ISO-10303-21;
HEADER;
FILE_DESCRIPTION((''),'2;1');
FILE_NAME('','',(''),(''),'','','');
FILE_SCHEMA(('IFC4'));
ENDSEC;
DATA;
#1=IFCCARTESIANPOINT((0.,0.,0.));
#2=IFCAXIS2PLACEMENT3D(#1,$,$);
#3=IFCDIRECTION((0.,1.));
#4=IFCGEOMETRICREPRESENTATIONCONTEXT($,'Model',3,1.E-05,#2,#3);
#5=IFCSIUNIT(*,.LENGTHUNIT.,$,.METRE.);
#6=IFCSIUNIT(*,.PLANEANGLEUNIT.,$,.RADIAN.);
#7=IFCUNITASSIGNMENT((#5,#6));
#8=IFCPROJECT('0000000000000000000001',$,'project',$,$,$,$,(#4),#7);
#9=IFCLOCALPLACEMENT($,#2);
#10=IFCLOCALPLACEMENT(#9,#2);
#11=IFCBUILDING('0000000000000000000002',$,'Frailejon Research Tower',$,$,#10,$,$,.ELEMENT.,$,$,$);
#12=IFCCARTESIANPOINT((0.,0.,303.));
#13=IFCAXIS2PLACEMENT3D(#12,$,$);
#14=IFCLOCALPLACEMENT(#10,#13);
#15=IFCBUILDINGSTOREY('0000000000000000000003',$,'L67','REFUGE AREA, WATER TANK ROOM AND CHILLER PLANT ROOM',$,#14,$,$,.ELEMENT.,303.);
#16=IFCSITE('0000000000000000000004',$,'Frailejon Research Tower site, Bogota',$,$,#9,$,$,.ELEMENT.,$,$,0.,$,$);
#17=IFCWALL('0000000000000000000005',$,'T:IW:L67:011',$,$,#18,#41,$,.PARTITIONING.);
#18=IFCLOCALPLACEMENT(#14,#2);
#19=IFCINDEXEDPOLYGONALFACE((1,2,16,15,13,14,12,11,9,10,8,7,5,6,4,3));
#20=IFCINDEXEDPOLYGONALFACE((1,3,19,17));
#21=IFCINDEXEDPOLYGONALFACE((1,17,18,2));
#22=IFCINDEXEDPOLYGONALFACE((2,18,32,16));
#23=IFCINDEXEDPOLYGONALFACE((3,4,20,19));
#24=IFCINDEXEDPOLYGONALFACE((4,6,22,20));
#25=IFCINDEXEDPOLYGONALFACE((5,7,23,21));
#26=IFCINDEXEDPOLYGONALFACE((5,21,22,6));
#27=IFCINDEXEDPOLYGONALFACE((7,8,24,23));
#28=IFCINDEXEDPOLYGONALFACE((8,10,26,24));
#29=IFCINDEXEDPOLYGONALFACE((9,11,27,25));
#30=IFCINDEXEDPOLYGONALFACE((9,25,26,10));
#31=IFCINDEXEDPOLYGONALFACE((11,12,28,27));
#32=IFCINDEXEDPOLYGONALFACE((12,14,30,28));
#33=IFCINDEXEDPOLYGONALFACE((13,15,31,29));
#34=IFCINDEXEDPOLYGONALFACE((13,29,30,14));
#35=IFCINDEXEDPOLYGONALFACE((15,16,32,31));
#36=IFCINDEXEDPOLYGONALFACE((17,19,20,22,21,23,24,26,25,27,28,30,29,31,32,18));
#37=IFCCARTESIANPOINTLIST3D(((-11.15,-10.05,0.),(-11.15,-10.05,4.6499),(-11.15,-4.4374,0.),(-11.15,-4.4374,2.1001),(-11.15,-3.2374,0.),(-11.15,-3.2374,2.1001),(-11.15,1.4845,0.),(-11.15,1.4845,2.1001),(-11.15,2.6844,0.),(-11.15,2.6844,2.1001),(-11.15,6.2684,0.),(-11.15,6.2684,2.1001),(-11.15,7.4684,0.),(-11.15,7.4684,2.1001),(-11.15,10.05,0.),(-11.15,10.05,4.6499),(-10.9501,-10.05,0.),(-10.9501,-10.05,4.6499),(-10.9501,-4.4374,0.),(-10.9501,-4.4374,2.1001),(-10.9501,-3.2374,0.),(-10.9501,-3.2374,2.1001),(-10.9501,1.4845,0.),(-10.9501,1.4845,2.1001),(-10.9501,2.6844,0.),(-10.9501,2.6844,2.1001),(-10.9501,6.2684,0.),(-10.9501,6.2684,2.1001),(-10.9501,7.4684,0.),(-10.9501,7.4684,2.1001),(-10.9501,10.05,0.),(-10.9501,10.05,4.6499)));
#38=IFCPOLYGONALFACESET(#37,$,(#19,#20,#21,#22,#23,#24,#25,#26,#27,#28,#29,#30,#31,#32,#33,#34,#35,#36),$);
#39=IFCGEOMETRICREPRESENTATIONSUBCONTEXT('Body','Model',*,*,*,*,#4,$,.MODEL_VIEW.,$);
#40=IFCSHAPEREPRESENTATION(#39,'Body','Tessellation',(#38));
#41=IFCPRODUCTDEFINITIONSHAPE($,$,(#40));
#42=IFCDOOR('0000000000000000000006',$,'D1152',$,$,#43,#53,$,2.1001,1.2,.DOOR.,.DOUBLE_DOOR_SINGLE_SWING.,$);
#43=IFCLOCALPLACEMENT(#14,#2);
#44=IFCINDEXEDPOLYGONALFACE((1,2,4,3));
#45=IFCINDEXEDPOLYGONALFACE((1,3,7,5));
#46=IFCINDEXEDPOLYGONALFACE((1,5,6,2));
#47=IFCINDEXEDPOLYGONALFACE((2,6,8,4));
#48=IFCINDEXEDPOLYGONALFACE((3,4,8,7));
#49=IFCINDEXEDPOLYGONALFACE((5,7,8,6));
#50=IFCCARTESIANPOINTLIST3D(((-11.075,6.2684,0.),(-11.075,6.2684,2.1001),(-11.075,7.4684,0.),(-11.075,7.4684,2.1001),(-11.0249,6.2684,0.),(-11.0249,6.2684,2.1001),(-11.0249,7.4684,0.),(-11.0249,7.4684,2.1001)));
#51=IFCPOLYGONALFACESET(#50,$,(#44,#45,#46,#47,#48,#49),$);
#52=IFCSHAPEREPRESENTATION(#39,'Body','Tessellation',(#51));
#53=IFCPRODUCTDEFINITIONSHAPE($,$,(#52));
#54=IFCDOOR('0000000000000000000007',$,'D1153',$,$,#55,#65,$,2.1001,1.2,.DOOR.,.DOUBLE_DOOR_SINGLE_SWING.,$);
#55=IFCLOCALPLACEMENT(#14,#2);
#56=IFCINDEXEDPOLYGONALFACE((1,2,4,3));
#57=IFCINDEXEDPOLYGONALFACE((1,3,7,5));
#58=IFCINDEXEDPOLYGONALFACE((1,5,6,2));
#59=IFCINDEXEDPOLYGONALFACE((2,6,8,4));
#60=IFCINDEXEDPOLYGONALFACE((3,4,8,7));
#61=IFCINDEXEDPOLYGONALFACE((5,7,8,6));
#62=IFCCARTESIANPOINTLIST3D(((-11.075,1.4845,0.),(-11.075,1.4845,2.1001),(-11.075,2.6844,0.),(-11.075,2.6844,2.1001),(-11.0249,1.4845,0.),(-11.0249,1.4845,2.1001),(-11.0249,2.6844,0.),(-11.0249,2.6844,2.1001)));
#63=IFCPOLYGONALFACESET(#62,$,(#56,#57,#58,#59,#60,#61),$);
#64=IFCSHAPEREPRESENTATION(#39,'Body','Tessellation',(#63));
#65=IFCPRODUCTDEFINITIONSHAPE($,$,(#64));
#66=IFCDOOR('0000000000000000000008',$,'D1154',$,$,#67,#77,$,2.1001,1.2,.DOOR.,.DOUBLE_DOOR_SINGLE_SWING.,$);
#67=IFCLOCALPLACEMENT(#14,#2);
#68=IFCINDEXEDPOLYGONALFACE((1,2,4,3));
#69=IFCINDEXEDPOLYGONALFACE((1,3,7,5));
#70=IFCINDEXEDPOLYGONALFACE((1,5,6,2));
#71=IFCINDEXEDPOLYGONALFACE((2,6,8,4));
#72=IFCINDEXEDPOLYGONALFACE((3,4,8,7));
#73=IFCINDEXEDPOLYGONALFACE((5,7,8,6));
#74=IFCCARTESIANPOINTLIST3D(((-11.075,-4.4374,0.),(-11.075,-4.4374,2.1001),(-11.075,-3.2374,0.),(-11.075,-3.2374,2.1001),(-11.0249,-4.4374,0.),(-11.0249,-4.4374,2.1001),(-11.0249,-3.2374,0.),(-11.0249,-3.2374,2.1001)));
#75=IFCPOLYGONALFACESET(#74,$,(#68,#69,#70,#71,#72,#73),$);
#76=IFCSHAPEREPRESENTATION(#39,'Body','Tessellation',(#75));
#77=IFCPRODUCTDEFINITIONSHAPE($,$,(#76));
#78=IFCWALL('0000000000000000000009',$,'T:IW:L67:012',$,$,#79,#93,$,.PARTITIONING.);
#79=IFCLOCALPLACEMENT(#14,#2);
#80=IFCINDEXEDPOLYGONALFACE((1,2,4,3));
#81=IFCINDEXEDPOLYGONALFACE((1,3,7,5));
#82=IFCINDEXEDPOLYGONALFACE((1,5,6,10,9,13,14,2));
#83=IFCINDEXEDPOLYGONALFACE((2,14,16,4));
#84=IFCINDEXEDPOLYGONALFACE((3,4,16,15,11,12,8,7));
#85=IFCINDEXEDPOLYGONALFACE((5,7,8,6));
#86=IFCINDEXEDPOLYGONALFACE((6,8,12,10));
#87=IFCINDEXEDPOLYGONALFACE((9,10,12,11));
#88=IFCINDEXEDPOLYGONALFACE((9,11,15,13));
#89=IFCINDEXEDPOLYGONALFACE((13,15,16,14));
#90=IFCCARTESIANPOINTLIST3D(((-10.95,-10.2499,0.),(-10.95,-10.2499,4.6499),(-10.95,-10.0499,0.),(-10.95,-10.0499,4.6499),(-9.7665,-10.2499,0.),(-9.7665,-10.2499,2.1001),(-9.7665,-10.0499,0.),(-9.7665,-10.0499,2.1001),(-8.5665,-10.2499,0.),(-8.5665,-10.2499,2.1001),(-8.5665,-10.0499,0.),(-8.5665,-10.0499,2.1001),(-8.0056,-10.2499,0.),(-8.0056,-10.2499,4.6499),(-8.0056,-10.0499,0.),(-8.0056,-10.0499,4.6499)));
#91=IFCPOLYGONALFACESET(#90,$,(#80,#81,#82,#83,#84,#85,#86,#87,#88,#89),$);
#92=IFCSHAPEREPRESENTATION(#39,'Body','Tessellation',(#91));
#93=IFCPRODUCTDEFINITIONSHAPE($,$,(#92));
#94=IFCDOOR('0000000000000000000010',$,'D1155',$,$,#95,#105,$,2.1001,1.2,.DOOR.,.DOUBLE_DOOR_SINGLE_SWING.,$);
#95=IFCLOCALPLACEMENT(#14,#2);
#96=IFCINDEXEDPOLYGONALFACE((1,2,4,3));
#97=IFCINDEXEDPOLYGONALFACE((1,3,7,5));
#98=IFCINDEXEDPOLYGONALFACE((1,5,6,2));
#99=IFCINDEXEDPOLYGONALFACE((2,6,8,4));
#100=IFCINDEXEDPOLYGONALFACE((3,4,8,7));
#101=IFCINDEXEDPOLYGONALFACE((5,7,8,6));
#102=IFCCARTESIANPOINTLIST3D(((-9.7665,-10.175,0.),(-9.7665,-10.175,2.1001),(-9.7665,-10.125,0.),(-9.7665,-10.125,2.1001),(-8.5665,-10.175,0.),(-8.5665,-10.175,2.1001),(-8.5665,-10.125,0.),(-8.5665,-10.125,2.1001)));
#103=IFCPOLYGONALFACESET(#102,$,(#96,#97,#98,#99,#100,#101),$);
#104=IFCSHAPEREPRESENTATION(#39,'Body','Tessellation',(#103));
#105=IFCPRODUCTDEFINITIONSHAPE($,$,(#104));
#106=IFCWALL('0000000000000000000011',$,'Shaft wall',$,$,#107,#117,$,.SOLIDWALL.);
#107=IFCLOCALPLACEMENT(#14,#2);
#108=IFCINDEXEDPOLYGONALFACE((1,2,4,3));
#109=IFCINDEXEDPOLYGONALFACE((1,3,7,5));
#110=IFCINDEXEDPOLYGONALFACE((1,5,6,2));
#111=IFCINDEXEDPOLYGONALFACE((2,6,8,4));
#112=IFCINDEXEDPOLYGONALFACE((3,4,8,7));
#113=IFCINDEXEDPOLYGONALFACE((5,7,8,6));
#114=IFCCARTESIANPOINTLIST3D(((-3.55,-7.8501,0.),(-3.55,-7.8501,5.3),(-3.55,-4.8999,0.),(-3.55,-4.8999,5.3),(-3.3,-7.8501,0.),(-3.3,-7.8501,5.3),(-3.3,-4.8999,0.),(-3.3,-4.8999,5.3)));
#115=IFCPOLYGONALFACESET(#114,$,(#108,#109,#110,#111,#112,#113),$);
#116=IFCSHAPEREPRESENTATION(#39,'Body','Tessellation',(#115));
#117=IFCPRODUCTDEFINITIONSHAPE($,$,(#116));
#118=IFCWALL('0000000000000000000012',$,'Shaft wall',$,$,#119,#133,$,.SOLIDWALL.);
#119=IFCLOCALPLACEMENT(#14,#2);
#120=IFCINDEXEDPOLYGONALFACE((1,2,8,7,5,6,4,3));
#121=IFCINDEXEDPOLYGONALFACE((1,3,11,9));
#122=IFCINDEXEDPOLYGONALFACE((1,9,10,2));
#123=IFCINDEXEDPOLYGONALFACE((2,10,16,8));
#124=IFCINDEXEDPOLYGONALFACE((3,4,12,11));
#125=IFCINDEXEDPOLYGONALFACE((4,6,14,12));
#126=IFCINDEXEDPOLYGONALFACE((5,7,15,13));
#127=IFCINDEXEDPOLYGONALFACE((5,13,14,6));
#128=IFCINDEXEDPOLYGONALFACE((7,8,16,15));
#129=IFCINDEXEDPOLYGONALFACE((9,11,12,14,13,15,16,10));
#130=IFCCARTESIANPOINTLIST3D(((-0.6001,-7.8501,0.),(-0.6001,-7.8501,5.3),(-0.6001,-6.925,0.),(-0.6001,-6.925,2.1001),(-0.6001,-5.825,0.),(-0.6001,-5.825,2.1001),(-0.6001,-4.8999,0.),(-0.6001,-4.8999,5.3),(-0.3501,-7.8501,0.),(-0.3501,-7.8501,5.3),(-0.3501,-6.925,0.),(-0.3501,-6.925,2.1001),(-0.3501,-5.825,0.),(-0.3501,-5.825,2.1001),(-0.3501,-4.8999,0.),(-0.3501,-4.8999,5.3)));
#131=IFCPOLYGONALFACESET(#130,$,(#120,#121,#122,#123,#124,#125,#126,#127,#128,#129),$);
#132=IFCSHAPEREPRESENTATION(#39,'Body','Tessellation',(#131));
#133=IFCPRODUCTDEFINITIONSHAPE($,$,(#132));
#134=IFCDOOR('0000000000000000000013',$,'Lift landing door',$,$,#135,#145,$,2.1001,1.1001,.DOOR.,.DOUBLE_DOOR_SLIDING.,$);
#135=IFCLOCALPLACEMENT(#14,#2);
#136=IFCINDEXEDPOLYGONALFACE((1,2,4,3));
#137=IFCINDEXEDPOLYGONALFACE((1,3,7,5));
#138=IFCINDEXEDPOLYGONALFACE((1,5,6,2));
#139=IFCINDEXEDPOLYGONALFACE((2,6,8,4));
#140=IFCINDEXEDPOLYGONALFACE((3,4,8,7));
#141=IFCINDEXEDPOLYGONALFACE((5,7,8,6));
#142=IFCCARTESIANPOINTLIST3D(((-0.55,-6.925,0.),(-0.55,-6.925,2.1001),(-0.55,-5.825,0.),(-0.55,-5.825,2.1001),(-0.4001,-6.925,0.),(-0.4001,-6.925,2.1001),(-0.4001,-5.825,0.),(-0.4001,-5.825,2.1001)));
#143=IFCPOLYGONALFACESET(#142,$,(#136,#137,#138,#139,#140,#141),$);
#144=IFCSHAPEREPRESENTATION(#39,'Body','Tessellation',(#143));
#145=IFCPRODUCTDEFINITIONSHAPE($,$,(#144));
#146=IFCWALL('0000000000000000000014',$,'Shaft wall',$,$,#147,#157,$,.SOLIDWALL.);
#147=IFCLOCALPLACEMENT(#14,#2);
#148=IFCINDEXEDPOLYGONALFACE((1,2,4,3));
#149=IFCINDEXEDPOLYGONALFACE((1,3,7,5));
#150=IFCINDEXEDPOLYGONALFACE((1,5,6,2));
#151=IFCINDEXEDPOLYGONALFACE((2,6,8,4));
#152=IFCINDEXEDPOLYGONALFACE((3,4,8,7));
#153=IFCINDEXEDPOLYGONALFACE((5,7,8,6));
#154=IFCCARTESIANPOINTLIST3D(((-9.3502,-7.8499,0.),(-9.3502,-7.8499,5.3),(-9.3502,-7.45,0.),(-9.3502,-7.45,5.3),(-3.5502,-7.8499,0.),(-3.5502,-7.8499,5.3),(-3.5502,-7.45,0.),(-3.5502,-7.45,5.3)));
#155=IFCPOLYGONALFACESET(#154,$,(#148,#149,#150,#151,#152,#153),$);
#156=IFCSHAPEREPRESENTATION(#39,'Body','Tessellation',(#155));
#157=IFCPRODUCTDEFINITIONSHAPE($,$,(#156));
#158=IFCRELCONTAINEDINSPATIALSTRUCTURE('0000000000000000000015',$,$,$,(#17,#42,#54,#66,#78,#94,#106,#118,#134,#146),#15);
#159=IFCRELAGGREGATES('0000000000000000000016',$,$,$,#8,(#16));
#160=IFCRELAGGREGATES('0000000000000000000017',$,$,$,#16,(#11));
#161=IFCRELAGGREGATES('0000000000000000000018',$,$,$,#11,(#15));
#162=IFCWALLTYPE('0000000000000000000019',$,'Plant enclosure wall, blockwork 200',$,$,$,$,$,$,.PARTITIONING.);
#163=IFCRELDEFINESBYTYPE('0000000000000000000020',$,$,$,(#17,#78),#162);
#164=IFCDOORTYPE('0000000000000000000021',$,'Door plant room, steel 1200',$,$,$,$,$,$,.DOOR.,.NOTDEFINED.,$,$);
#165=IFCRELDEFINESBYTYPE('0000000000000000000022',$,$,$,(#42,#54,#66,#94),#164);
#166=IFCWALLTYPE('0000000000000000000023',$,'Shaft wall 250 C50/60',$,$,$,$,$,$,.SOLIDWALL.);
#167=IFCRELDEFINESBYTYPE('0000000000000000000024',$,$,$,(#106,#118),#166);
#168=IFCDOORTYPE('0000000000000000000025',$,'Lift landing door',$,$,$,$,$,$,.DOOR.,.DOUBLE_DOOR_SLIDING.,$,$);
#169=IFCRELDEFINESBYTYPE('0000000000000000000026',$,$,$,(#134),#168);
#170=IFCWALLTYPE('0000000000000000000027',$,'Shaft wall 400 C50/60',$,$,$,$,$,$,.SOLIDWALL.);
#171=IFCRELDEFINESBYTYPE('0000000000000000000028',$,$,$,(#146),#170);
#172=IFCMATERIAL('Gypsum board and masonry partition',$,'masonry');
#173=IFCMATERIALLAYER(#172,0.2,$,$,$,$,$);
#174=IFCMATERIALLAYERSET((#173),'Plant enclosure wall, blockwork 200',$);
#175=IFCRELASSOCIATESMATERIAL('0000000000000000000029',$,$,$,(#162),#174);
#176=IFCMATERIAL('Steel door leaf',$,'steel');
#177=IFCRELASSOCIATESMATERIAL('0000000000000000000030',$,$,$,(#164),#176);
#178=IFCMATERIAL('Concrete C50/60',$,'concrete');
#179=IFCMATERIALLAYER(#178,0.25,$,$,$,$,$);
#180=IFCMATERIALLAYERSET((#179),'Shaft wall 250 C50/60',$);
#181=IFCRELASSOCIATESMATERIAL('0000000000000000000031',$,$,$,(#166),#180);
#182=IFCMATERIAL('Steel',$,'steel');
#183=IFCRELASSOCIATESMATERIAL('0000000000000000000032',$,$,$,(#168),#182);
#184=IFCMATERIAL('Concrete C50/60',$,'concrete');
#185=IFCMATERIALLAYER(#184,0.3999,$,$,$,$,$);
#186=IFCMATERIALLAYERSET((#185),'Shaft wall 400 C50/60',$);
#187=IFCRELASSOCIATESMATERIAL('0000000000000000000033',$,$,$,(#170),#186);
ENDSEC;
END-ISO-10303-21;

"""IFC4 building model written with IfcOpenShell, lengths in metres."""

from ifc_helpers import new_model, si_unit, direction, frame, frame_2d, origin, place, context, subcontext, project, spatial, rectangle, extrude, material, layer, layer_set, type_object, element, fill, save


model = new_model("IFC4")

# Units and contexts
model_context = context("Model", 3, precision=1e-05, world=origin(), true_north=direction((0.0, 1.0)))
body_context = subcontext(model_context, "Body", "Model", "MODEL_VIEW")
ifc_project = project(units=[si_unit("LENGTHUNIT", "METRE"), si_unit("PLANEANGLEUNIT", "RADIAN")], contexts=[model_context])

# Site, building, storey
site_placement = place(None, origin())
site = spatial("IfcSite", under=ifc_project, at=site_placement, Name="Frailejon Research Tower site, Bogota", CompositionType="ELEMENT", RefElevation=0.0)
building_placement = place(site_placement, origin())
building = spatial("IfcBuilding", under=site, at=building_placement, Name="Frailejon Research Tower", CompositionType="ELEMENT")
storey_placement = place(building_placement, frame((0.0, 0.0, 303.0)))
storey = spatial("IfcBuildingStorey", under=building, at=storey_placement, Name="L67", Description="REFUGE AREA, WATER TANK ROOM AND CHILLER PLANT ROOM", CompositionType="ELEMENT", Elevation=303.0)

# Wall, openings, doors
ifc_material_1 = material(Name="Gypsum board and masonry partition", Category="masonry")
ifc_layer_1 = layer(ifc_material_1, 0.2)
ifc_layer_set_1 = layer_set([ifc_layer_1], Name="Plant enclosure wall, blockwork 200")
wall_type_1 = type_object("IfcWallType", Name="Plant enclosure wall, blockwork 200", PredefinedType="PARTITIONING", material=ifc_layer_set_1)
wall_1_placement = place(storey_placement, frame((-11.05, -10.05, 0.0), z_axis=(0.0, 0.0, 1.0), x_axis=(0.0, 1.0, 0.0)))
wall_1 = element("IfcWall", 1, at=wall_1_placement, inside=storey, type_object=wall_type_1, Name="T:IW:L67:011", PredefinedType="PARTITIONING", context=body_context, shape_type="SweptSolid", body=[
    extrude(rectangle(XDim=20.1001, YDim=0.2, at=frame_2d((10.05, 0.0))), origin(), (0.0, 0.0, 1.0), 4.6499),
])
opening_1_placement = place(wall_1_placement, frame((16.3184, 0.0, 0.0)))
opening_1 = element("IfcOpeningElement", 2, at=opening_1_placement, cuts=wall_1, PredefinedType="OPENING", context=body_context, shape_type="SweptSolid", body=[
    extrude(rectangle(XDim=1.2, YDim=2.1001, at=frame_2d((0.6001, 1.05))), frame((0.0, 0.1099, 0.0), z_axis=(0.0, -1.0, 0.0), x_axis=(1.0, 0.0, 0.0)), (0.0, 0.0, 1.0), 0.22),
])
opening_2_placement = place(wall_1_placement, frame((11.5344, 0.0, 0.0)))
opening_2 = element("IfcOpeningElement", 3, at=opening_2_placement, cuts=wall_1, PredefinedType="OPENING", context=body_context, shape_type="SweptSolid", body=[
    extrude(rectangle(XDim=1.2, YDim=2.1001, at=frame_2d((0.6001, 1.05))), frame((0.0, 0.1099, 0.0), z_axis=(0.0, -1.0, 0.0), x_axis=(1.0, 0.0, 0.0)), (0.0, 0.0, 1.0), 0.22),
])
opening_3_placement = place(wall_1_placement, frame((5.6125, 0.0, 0.0)))
opening_3 = element("IfcOpeningElement", 4, at=opening_3_placement, cuts=wall_1, PredefinedType="OPENING", context=body_context, shape_type="SweptSolid", body=[
    extrude(rectangle(XDim=1.2, YDim=2.1001, at=frame_2d((0.6001, 1.05))), frame((0.0, 0.1099, 0.0), z_axis=(0.0, -1.0, 0.0), x_axis=(1.0, 0.0, 0.0)), (0.0, 0.0, 1.0), 0.22),
])
ifc_material_2 = material(Name="Steel door leaf", Category="steel")
door_type_1 = type_object("IfcDoorType", Name="Door plant room, steel 1200", OperationType="NOTDEFINED", PredefinedType="DOOR", material=ifc_material_2)
door_1_placement = place(opening_1_placement, origin())
door_1 = element("IfcDoor", 5, at=door_1_placement, inside=storey, type_object=door_type_1, Name="D1152", OperationType="DOUBLE_DOOR_SINGLE_SWING", OverallHeight=2.1001, OverallWidth=1.2, PredefinedType="DOOR", context=body_context, shape_type="SweptSolid", body=[
    extrude(rectangle(XDim=1.2, YDim=2.1001, at=frame_2d((0.6001, 1.05))), frame((0.0, 0.0249, 0.0), z_axis=(0.0, -1.0, 0.0), x_axis=(1.0, 0.0, 0.0)), (0.0, 0.0, 1.0), 0.05),
])
fill(opening_1, door_1)
door_2_placement = place(opening_2_placement, origin())
door_2 = element("IfcDoor", 6, at=door_2_placement, inside=storey, type_object=door_type_1, Name="D1153", OperationType="DOUBLE_DOOR_SINGLE_SWING", OverallHeight=2.1001, OverallWidth=1.2, PredefinedType="DOOR", context=body_context, shape_type="SweptSolid", body=[
    extrude(rectangle(XDim=1.2, YDim=2.1001, at=frame_2d((0.6001, 1.05))), frame((0.0, 0.0249, 0.0), z_axis=(0.0, -1.0, 0.0), x_axis=(1.0, 0.0, 0.0)), (0.0, 0.0, 1.0), 0.05),
])
fill(opening_2, door_2)
door_3_placement = place(opening_3_placement, origin())
door_3 = element("IfcDoor", 7, at=door_3_placement, inside=storey, type_object=door_type_1, Name="D1154", OperationType="DOUBLE_DOOR_SINGLE_SWING", OverallHeight=2.1001, OverallWidth=1.2, PredefinedType="DOOR", context=body_context, shape_type="SweptSolid", body=[
    extrude(rectangle(XDim=1.2, YDim=2.1001, at=frame_2d((0.6001, 1.05))), frame((0.0, 0.0249, 0.0), z_axis=(0.0, -1.0, 0.0), x_axis=(1.0, 0.0, 0.0)), (0.0, 0.0, 1.0), 0.05),
])
fill(opening_3, door_3)

# Wall, opening, door
wall_2_placement = place(storey_placement, frame((-10.95, -10.1499, 0.0), z_axis=(0.0, 0.0, 1.0), x_axis=(1.0, 0.0, 0.0)))
wall_2 = element("IfcWall", 8, at=wall_2_placement, inside=storey, type_object=wall_type_1, Name="T:IW:L67:012", PredefinedType="PARTITIONING", context=body_context, shape_type="SweptSolid", body=[
    extrude(rectangle(XDim=2.9443, YDim=0.2, at=frame_2d((1.4722, 0.0))), origin(), (0.0, 0.0, 1.0), 4.6499),
])
opening_4_placement = place(wall_2_placement, frame((1.1833, 0.0, 0.0)))
opening_4 = element("IfcOpeningElement", 9, at=opening_4_placement, cuts=wall_2, PredefinedType="OPENING", context=body_context, shape_type="SweptSolid", body=[
    extrude(rectangle(XDim=1.2, YDim=2.1001, at=frame_2d((0.6001, 1.05))), frame((0.0, 0.1099, 0.0), z_axis=(0.0, -1.0, 0.0), x_axis=(1.0, 0.0, 0.0)), (0.0, 0.0, 1.0), 0.22),
])
door_4_placement = place(opening_4_placement, origin())
door_4 = element("IfcDoor", 10, at=door_4_placement, inside=storey, type_object=door_type_1, Name="D1155", OperationType="DOUBLE_DOOR_SINGLE_SWING", OverallHeight=2.1001, OverallWidth=1.2, PredefinedType="DOOR", context=body_context, shape_type="SweptSolid", body=[
    extrude(rectangle(XDim=1.2, YDim=2.1001, at=frame_2d((0.6001, 1.05))), frame((0.0, 0.0249, 0.0), z_axis=(0.0, -1.0, 0.0), x_axis=(1.0, 0.0, 0.0)), (0.0, 0.0, 1.0), 0.05),
])
fill(opening_4, door_4)

# Wall
ifc_material_3 = material(Name="Concrete C50/60", Category="concrete")
ifc_layer_2 = layer(ifc_material_3, 0.25)
ifc_layer_set_2 = layer_set([ifc_layer_2], Name="Shaft wall 250 C50/60")
wall_type_2 = type_object("IfcWallType", Name="Shaft wall 250 C50/60", PredefinedType="SOLIDWALL", material=ifc_layer_set_2)
wall_3_placement = place(storey_placement, frame((-3.425, -7.8501, 0.0), z_axis=(0.0, 0.0, 1.0), x_axis=(0.0, 1.0, 0.0)))
element("IfcWall", 11, at=wall_3_placement, inside=storey, type_object=wall_type_2, Name="Shaft wall", PredefinedType="SOLIDWALL", context=body_context, shape_type="SweptSolid", body=[
    extrude(rectangle(XDim=2.9502, YDim=0.25, at=frame_2d((1.4751, 0.0))), origin(), (0.0, 0.0, 1.0), 5.3),
])

# Wall, opening, door
wall_4_placement = place(storey_placement, frame((-0.4751, -7.8501, 0.0), z_axis=(0.0, 0.0, 1.0), x_axis=(0.0, 1.0, 0.0)))
wall_4 = element("IfcWall", 12, at=wall_4_placement, inside=storey, type_object=wall_type_2, Name="Shaft wall", PredefinedType="SOLIDWALL", context=body_context, shape_type="SweptSolid", body=[
    extrude(rectangle(XDim=2.9502, YDim=0.25, at=frame_2d((1.4751, 0.0))), origin(), (0.0, 0.0, 1.0), 5.3),
])
opening_5_placement = place(wall_4_placement, frame((0.925, 0.0, 0.0)))
opening_5 = element("IfcOpeningElement", 13, at=opening_5_placement, cuts=wall_4, PredefinedType="OPENING", context=body_context, shape_type="SweptSolid", body=[
    extrude(rectangle(XDim=1.1001, YDim=2.1001, at=frame_2d((0.55, 1.05))), frame((0.0, 0.135, 0.0), z_axis=(0.0, -1.0, 0.0), x_axis=(1.0, 0.0, 0.0)), (0.0, 0.0, 1.0), 0.27),
])
ifc_material_4 = material(Name="Steel", Category="steel")
door_type_2 = type_object("IfcDoorType", Name="Lift landing door", OperationType="DOUBLE_DOOR_SLIDING", PredefinedType="DOOR", material=ifc_material_4)
door_5_placement = place(opening_5_placement, origin())
door_5 = element("IfcDoor", 14, at=door_5_placement, inside=storey, type_object=door_type_2, Name="Lift landing door", OperationType="DOUBLE_DOOR_SLIDING", OverallHeight=2.1001, OverallWidth=1.1001, PredefinedType="DOOR", context=body_context, shape_type="SweptSolid", body=[
    extrude(rectangle(XDim=1.1001, YDim=2.1001, at=frame_2d((0.55, 1.05))), frame((0.0, 0.075, 0.0), z_axis=(0.0, -1.0, 0.0), x_axis=(1.0, 0.0, 0.0)), (0.0, 0.0, 1.0), 0.1499),
])
fill(opening_5, door_5)

# Wall
ifc_material_5 = material(Name="Concrete C50/60", Category="concrete")
ifc_layer_3 = layer(ifc_material_5, 0.3999)
ifc_layer_set_3 = layer_set([ifc_layer_3], Name="Shaft wall 400 C50/60")
wall_type_3 = type_object("IfcWallType", Name="Shaft wall 400 C50/60", PredefinedType="SOLIDWALL", material=ifc_layer_set_3)
wall_5_placement = place(storey_placement, frame((-9.3501, -7.6499, 0.0), z_axis=(0.0, 0.0, 1.0), x_axis=(1.0, 0.0, 0.0)))
element("IfcWall", 15, at=wall_5_placement, inside=storey, type_object=wall_type_3, Name="Shaft wall", PredefinedType="SOLIDWALL", context=body_context, shape_type="SweptSolid", body=[
    extrude(rectangle(XDim=5.8, YDim=0.3999, at=frame_2d((2.8999, 0.0))), origin(), (0.0, 0.0, 1.0), 5.3),
])

save(model, "model.ifc")
